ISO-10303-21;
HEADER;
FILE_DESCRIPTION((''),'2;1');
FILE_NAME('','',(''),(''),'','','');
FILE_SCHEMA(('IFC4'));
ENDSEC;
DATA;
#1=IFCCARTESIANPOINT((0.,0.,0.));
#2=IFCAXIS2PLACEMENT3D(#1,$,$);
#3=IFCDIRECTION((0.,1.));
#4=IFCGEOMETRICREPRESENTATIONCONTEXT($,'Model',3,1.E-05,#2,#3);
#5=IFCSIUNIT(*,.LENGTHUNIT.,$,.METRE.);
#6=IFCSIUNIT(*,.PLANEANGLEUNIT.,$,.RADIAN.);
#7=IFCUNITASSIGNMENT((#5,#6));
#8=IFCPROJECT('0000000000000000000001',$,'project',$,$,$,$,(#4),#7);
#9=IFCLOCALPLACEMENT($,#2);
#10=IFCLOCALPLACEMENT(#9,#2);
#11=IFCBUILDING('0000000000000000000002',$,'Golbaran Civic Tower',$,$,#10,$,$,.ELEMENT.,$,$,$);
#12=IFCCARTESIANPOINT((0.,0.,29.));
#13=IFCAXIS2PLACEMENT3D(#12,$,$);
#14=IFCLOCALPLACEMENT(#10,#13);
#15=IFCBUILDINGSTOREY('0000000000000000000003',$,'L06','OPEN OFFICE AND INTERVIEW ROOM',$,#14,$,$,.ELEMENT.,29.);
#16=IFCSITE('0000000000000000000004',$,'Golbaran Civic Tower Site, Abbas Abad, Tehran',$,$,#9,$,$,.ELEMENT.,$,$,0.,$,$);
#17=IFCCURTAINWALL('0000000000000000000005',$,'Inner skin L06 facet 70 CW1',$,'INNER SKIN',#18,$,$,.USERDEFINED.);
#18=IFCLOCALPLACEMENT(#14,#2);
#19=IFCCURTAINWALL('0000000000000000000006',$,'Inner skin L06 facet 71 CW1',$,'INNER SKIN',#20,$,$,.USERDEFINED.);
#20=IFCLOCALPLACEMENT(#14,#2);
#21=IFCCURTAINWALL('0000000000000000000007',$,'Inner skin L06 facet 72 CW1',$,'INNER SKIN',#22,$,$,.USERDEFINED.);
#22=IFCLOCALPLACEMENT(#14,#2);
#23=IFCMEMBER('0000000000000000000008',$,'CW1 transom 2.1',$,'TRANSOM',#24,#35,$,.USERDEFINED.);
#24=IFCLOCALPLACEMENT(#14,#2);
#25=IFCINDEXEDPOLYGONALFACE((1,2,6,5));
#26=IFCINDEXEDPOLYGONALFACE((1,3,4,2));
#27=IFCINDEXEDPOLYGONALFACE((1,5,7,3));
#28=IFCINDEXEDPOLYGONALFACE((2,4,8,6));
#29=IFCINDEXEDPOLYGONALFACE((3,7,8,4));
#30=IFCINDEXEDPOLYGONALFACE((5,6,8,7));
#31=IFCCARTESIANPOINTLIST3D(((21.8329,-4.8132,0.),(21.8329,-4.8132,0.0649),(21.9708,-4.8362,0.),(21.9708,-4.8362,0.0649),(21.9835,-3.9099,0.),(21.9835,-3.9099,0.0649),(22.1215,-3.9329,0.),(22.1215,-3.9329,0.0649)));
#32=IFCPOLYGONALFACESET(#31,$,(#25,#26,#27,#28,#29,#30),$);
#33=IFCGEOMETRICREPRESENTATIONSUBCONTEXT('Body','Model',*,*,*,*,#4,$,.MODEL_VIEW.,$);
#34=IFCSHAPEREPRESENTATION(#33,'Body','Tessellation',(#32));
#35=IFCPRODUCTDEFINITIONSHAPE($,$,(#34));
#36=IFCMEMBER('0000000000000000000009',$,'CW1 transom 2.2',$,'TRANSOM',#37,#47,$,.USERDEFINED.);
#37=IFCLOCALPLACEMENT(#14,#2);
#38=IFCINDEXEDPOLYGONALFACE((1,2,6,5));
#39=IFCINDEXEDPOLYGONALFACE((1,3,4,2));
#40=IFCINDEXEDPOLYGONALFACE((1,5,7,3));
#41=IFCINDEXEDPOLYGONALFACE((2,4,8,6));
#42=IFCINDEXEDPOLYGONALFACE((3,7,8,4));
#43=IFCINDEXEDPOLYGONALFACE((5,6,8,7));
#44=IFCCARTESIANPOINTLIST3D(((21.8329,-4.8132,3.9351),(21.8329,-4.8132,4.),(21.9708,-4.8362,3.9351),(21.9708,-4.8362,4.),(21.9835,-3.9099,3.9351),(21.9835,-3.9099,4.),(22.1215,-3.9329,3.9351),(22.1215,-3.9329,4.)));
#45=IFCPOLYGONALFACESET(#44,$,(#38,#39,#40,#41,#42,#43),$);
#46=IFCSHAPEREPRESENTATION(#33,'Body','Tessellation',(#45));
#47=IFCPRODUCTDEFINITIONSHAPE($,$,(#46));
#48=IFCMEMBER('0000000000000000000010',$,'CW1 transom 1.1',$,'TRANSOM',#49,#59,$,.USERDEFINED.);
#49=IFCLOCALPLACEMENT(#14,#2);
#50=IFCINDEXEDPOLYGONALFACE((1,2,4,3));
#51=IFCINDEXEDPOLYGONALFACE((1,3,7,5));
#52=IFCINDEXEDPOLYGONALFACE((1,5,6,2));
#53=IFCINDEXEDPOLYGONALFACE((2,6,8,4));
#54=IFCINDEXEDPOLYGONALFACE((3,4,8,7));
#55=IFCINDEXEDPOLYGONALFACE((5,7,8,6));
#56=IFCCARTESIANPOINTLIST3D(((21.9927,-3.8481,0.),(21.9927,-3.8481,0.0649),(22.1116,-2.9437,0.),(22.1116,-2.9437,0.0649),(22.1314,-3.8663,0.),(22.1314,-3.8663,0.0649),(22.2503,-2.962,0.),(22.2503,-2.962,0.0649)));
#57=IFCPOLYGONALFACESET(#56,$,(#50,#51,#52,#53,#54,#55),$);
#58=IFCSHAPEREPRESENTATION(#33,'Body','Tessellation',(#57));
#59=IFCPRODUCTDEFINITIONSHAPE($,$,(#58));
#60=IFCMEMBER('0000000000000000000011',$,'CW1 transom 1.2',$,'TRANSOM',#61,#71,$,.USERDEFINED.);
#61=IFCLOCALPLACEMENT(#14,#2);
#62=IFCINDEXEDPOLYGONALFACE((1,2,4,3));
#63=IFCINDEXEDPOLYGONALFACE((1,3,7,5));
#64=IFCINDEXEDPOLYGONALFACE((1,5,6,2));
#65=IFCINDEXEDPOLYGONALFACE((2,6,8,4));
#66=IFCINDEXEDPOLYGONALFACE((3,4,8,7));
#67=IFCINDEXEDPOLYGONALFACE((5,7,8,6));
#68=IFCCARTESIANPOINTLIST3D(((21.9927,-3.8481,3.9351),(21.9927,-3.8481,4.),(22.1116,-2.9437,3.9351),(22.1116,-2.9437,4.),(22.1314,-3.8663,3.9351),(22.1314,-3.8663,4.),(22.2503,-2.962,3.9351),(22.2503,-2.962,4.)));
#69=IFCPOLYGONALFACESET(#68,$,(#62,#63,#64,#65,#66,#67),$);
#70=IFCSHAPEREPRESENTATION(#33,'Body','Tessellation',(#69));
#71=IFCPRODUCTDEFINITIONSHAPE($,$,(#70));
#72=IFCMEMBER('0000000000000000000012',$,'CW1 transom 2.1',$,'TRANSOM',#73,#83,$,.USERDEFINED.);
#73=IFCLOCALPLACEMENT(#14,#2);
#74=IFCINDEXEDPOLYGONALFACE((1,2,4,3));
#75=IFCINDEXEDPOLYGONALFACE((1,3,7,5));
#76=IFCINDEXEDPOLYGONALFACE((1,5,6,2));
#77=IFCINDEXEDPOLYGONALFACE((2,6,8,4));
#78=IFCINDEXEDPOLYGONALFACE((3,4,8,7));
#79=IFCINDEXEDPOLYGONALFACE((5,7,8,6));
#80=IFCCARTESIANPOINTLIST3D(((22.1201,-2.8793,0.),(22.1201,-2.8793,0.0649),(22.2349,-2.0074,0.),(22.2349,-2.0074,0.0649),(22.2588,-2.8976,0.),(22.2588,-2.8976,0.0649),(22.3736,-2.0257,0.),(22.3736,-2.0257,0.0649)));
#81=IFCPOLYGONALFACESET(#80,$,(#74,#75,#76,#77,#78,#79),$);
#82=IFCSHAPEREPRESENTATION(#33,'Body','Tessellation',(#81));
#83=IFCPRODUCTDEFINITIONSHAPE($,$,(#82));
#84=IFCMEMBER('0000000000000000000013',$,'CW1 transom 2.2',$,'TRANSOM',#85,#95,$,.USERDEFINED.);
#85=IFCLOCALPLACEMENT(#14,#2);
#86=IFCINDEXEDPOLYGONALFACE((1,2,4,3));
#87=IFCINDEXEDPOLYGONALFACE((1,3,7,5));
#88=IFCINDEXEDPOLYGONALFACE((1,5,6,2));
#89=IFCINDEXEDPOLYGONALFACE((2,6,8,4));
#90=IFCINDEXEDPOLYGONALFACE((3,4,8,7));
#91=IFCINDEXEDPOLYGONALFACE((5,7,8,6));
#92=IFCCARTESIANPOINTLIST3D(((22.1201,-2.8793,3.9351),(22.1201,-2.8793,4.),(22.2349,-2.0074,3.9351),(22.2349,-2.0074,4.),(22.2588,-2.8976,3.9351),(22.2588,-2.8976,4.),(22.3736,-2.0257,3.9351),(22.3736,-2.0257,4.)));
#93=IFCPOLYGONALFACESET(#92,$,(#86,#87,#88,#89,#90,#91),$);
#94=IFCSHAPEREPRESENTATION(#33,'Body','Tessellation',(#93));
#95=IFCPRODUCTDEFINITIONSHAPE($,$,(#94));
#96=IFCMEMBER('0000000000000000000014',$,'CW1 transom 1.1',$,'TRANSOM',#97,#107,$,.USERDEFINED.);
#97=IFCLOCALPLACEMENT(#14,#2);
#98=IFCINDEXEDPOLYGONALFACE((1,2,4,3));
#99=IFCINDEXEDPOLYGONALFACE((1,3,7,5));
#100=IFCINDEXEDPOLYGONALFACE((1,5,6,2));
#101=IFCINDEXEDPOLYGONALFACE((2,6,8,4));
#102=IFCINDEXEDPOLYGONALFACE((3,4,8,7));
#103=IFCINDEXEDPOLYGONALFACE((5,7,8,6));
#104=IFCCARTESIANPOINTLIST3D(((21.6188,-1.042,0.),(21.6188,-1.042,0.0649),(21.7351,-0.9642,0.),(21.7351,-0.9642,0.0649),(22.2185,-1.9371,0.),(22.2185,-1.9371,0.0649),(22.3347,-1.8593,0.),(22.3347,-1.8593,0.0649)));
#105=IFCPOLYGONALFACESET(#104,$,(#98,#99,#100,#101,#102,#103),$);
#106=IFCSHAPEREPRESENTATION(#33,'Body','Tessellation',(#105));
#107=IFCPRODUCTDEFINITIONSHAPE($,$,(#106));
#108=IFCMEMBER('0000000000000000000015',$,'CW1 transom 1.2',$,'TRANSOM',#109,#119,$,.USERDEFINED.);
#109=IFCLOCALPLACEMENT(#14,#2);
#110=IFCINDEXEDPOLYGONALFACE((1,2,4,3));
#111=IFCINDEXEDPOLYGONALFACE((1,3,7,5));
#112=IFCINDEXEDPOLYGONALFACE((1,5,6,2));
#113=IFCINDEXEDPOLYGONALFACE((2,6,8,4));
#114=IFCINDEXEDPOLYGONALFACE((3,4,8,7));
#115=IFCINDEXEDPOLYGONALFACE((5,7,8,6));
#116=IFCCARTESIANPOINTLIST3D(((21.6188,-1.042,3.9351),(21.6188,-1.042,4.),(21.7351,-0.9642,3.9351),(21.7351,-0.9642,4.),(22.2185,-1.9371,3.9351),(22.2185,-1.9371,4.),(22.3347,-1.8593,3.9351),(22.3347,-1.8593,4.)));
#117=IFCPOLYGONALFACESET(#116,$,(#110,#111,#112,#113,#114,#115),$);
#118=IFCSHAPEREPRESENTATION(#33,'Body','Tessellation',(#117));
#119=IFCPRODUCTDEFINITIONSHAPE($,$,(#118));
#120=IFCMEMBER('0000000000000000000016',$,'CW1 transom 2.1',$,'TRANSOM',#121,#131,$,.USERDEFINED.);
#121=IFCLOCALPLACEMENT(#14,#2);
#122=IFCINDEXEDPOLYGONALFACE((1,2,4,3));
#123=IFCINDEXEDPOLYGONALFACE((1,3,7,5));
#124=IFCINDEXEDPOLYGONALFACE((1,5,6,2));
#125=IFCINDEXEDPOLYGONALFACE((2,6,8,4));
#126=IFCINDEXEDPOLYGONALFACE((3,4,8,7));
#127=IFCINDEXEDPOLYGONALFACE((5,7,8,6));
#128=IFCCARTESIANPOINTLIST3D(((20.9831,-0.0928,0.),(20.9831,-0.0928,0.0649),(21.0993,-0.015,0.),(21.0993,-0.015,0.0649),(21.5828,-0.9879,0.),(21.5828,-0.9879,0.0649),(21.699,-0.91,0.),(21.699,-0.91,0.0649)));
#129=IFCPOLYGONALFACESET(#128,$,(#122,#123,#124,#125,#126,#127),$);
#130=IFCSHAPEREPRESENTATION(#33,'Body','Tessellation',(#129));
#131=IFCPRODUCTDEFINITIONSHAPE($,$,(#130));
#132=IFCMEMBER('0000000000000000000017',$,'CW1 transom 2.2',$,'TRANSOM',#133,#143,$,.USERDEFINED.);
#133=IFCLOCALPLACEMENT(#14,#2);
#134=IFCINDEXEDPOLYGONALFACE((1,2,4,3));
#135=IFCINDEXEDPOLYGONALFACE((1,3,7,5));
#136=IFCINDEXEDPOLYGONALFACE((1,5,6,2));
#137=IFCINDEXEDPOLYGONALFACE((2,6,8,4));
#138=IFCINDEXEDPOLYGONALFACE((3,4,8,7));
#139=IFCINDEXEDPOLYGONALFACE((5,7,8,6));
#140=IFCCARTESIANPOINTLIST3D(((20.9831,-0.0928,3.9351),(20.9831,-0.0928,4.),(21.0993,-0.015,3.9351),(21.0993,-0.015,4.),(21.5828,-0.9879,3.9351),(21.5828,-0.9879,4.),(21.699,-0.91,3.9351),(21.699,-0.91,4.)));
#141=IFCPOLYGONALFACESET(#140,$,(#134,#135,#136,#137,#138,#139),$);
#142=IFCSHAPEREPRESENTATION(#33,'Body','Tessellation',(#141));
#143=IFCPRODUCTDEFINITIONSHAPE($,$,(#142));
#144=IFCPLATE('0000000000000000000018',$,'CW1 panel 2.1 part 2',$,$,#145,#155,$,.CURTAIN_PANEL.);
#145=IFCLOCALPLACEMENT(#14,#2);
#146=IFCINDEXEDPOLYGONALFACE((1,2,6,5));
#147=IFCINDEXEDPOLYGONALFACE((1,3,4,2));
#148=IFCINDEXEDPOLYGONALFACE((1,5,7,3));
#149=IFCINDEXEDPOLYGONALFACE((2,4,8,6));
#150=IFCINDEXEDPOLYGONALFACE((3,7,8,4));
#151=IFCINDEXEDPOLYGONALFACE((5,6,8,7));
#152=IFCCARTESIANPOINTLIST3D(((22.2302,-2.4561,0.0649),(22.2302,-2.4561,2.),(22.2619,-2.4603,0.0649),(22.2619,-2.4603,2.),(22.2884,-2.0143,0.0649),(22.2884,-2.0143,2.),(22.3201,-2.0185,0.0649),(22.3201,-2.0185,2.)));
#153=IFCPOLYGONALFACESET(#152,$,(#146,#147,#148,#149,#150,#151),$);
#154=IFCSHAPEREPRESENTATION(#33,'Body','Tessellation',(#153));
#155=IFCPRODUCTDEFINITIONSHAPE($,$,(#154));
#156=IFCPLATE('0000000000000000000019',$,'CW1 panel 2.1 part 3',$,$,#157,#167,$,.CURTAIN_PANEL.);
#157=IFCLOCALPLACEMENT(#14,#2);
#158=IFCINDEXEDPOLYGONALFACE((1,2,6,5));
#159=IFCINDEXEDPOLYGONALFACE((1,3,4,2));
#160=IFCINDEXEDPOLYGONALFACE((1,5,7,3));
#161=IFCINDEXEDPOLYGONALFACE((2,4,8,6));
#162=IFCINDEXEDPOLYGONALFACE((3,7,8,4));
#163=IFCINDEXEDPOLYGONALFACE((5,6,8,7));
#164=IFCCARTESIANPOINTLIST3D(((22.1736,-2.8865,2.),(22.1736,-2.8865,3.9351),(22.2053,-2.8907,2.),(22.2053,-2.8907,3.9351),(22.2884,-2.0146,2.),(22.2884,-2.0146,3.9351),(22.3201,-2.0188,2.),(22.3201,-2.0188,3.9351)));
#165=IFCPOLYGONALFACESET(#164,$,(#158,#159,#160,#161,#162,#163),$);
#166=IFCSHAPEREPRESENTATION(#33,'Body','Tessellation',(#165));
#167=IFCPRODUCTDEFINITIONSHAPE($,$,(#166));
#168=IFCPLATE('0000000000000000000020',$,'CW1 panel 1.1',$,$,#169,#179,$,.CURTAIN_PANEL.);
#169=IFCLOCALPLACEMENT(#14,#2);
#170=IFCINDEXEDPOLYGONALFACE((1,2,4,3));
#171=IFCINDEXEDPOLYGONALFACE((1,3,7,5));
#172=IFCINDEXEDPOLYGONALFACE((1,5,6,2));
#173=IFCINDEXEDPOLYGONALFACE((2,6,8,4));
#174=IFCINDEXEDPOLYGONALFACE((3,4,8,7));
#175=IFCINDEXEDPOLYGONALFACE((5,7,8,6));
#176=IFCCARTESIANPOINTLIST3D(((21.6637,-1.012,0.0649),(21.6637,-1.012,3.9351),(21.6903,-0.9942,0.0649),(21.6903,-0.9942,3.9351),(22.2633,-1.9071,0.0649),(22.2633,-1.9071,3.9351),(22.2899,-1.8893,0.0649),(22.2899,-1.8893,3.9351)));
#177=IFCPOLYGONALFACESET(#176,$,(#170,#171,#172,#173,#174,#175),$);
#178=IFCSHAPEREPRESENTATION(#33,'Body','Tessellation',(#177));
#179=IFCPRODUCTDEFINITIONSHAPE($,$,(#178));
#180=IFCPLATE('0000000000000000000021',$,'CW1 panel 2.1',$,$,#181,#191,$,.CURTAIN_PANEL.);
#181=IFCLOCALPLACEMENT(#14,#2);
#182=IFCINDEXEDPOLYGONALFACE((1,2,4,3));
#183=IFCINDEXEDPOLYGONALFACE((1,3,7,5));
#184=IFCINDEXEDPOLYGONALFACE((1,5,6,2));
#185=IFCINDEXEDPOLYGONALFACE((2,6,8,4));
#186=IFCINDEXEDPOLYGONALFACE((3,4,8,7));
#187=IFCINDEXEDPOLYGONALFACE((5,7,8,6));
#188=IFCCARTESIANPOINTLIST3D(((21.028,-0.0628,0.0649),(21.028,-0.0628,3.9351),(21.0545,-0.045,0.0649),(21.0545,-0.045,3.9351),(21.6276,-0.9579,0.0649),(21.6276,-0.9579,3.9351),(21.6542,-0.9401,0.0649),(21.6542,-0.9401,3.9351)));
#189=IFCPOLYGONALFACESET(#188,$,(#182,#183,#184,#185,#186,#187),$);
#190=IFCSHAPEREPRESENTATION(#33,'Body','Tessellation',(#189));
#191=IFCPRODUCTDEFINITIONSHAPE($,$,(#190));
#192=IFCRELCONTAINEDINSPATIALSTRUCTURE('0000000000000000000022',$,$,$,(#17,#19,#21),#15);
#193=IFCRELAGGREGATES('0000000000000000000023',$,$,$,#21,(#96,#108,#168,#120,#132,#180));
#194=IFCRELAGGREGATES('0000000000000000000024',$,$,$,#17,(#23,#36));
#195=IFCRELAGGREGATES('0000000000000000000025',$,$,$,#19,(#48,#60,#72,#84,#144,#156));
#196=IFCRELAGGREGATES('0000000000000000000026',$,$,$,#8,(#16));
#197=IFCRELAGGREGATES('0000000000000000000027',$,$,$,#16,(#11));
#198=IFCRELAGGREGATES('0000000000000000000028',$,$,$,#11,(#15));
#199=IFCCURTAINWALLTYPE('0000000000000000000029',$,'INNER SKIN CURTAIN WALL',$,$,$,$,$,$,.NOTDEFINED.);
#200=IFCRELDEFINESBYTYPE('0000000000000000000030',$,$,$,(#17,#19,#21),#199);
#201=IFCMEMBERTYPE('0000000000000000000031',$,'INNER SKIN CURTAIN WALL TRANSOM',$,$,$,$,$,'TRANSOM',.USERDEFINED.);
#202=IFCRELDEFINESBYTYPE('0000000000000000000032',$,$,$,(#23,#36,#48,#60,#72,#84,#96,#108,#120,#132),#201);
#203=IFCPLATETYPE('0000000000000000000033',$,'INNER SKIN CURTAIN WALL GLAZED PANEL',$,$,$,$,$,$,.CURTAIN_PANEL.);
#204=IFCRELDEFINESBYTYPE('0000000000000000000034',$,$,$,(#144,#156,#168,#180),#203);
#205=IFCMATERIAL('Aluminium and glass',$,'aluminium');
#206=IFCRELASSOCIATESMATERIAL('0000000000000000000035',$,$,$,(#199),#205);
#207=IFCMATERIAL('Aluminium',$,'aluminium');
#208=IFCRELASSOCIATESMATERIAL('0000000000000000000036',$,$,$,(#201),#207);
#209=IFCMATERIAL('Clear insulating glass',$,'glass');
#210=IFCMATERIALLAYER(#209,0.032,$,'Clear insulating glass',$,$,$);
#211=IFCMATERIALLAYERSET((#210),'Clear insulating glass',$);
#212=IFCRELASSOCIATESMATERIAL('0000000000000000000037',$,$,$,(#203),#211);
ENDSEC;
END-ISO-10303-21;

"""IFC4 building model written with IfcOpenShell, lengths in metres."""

from ifc_helpers import new_model, si_unit, direction, frame, origin, origin_2d, place, context, subcontext, project, spatial, rectangle, extrude, material, layer, layer_set, material_profile, profile_set, type_object, element, aggregate, save


model = new_model("IFC4")

# Units and contexts
model_context = context("Model", 3, precision=1e-05, world=origin(), true_north=direction((0.0, 1.0)))
body_context = subcontext(model_context, "Body", "Model", "MODEL_VIEW")
ifc_project = project(units=[si_unit("LENGTHUNIT", "METRE"), si_unit("PLANEANGLEUNIT", "RADIAN")], contexts=[model_context])

# Site, building, storey
site_placement = place(None, origin())
site = spatial("IfcSite", under=ifc_project, at=site_placement, Name="Golbaran Civic Tower Site, Abbas Abad, Tehran", CompositionType="ELEMENT", RefElevation=0.0)
building_placement = place(site_placement, origin())
building = spatial("IfcBuilding", under=site, at=building_placement, Name="Golbaran Civic Tower", CompositionType="ELEMENT")
storey_placement = place(building_placement, frame((0.0, 0.0, 29.0)))
storey = spatial("IfcBuildingStorey", under=building, at=storey_placement, Name="L06", Description="OPEN OFFICE AND INTERVIEW ROOM", CompositionType="ELEMENT", Elevation=29.0)

# Curtain walls
ifc_material_1 = material(Name="Aluminium and glass", Category="aluminium")
curtain_wall_type = type_object("IfcCurtainWallType", Name="INNER SKIN CURTAIN WALL", PredefinedType="NOTDEFINED", material=ifc_material_1)
curtain_wall_1_placement = place(storey_placement, origin())
curtain_wall_1 = element("IfcCurtainWall", 1, at=curtain_wall_1_placement, inside=storey, type_object=curtain_wall_type, Name="Inner skin L06 facet 70 CW1", ObjectType="INNER SKIN", PredefinedType="USERDEFINED")
ifc_material_2 = material(Name="Aluminium", Category="aluminium")
curtain_wall_2_placement = place(storey_placement, origin())
curtain_wall_2 = element("IfcCurtainWall", 2, at=curtain_wall_2_placement, inside=storey, type_object=curtain_wall_type, Name="Inner skin L06 facet 71 CW1", ObjectType="INNER SKIN", PredefinedType="USERDEFINED")
curtain_wall_3_placement = place(storey_placement, origin())
curtain_wall_3 = element("IfcCurtainWall", 3, at=curtain_wall_3_placement, inside=storey, type_object=curtain_wall_type, Name="Inner skin L06 facet 72 CW1", ObjectType="INNER SKIN", PredefinedType="USERDEFINED")

# Members
ifc_material_profile_1 = material_profile(ifc_material_2, rectangle(XDim=0.1399, YDim=0.0649, at=origin_2d()), Name="INNER SKIN CURTAIN WALL TRANSOM")
ifc_profile_set_1 = profile_set([ifc_material_profile_1], Name="Aluminium")
member_type_1 = type_object("IfcMemberType", Name="INNER SKIN CURTAIN WALL TRANSOM", ElementType="TRANSOM", PredefinedType="USERDEFINED", material=ifc_profile_set_1)
member_1_placement = place(storey_placement, frame((21.9019, -4.8247, 0.0325), z_axis=(0.164485, 0.98638, 0.0), x_axis=(-0.98638, 0.164485, 0.0)))
member_1 = element("IfcMember", 4, at=member_1_placement, type_object=member_type_1, Name="CW1 transom 2.1", ObjectType="TRANSOM", PredefinedType="USERDEFINED", context=body_context, shape_type="SweptSolid", body=[
    extrude(rectangle(XDim=0.1399, YDim=0.0649, at=origin_2d()), origin(), (0.0, 0.0, 1.0), 0.9158),
])
member_2_placement = place(storey_placement, frame((21.9019, -4.8247, 3.9675), z_axis=(0.164485, 0.98638, 0.0), x_axis=(-0.98638, 0.164485, 0.0)))
member_2 = element("IfcMember", 5, at=member_2_placement, type_object=member_type_1, Name="CW1 transom 2.2", ObjectType="TRANSOM", PredefinedType="USERDEFINED", context=body_context, shape_type="SweptSolid", body=[
    extrude(rectangle(XDim=0.1399, YDim=0.0649, at=origin_2d()), origin(), (0.0, 0.0, 1.0), 0.9158),
])
member_3_placement = place(storey_placement, frame((22.062, -3.8572, 0.0325), z_axis=(0.130358, 0.991467, 0.0), x_axis=(-0.991467, 0.130358, 0.0)))
member_3 = element("IfcMember", 6, at=member_3_placement, type_object=member_type_1, Name="CW1 transom 1.1", ObjectType="TRANSOM", PredefinedType="USERDEFINED", context=body_context, shape_type="SweptSolid", body=[
    extrude(rectangle(XDim=0.1399, YDim=0.0649, at=origin_2d()), origin(), (0.0, 0.0, 1.0), 0.9121),
])
member_4_placement = place(storey_placement, frame((22.062, -3.8572, 3.9675), z_axis=(0.130358, 0.991467, 0.0), x_axis=(-0.991467, 0.130358, 0.0)))
member_4 = element("IfcMember", 7, at=member_4_placement, type_object=member_type_1, Name="CW1 transom 1.2", ObjectType="TRANSOM", PredefinedType="USERDEFINED", context=body_context, shape_type="SweptSolid", body=[
    extrude(rectangle(XDim=0.1399, YDim=0.0649, at=origin_2d()), origin(), (0.0, 0.0, 1.0), 0.9121),
])
member_5_placement = place(storey_placement, frame((22.1895, -2.8884, 0.0325), z_axis=(0.13049, 0.99145, 0.0), x_axis=(-0.99145, 0.13049, 0.0)))
member_5 = element("IfcMember", 8, at=member_5_placement, type_object=member_type_1, Name="CW1 transom 2.1", ObjectType="TRANSOM", PredefinedType="USERDEFINED", context=body_context, shape_type="SweptSolid", body=[
    extrude(rectangle(XDim=0.1399, YDim=0.0649, at=origin_2d()), origin(), (0.0, 0.0, 1.0), 0.8794),
])
member_6_placement = place(storey_placement, frame((22.1895, -2.8884, 3.9675), z_axis=(0.13049, 0.99145, 0.0), x_axis=(-0.99145, 0.13049, 0.0)))
member_6 = element("IfcMember", 9, at=member_6_placement, type_object=member_type_1, Name="CW1 transom 2.2", ObjectType="TRANSOM", PredefinedType="USERDEFINED", context=body_context, shape_type="SweptSolid", body=[
    extrude(rectangle(XDim=0.1399, YDim=0.0649, at=origin_2d()), origin(), (0.0, 0.0, 1.0), 0.8794),
])
member_7_placement = place(storey_placement, frame((22.2766, -1.8982, 0.0325), z_axis=(-0.556581, 0.830793, 0.0), x_axis=(-0.830793, -0.556581, 0.0)))
member_7 = element("IfcMember", 10, at=member_7_placement, type_object=member_type_1, Name="CW1 transom 1.1", ObjectType="TRANSOM", PredefinedType="USERDEFINED", context=body_context, shape_type="SweptSolid", body=[
    extrude(rectangle(XDim=0.1399, YDim=0.0649, at=origin_2d()), origin(), (0.0, 0.0, 1.0), 1.0774),
])
member_8_placement = place(storey_placement, frame((22.2766, -1.8982, 3.9675), z_axis=(-0.556581, 0.830793, 0.0), x_axis=(-0.830793, -0.556581, 0.0)))
member_8 = element("IfcMember", 11, at=member_8_placement, type_object=member_type_1, Name="CW1 transom 1.2", ObjectType="TRANSOM", PredefinedType="USERDEFINED", context=body_context, shape_type="SweptSolid", body=[
    extrude(rectangle(XDim=0.1399, YDim=0.0649, at=origin_2d()), origin(), (0.0, 0.0, 1.0), 1.0774),
])
member_9_placement = place(storey_placement, frame((21.6409, -0.949, 0.0325), z_axis=(-0.556581, 0.830793, 0.0), x_axis=(-0.830793, -0.556581, 0.0)))
member_9 = element("IfcMember", 12, at=member_9_placement, type_object=member_type_1, Name="CW1 transom 2.1", ObjectType="TRANSOM", PredefinedType="USERDEFINED", context=body_context, shape_type="SweptSolid", body=[
    extrude(rectangle(XDim=0.1399, YDim=0.0649, at=origin_2d()), origin(), (0.0, 0.0, 1.0), 1.0774),
])
member_10_placement = place(storey_placement, frame((21.6409, -0.949, 3.9675), z_axis=(-0.556581, 0.830793, 0.0), x_axis=(-0.830793, -0.556581, 0.0)))
member_10 = element("IfcMember", 13, at=member_10_placement, type_object=member_type_1, Name="CW1 transom 2.2", ObjectType="TRANSOM", PredefinedType="USERDEFINED", context=body_context, shape_type="SweptSolid", body=[
    extrude(rectangle(XDim=0.1399, YDim=0.0649, at=origin_2d()), origin(), (0.0, 0.0, 1.0), 1.0774),
])

# Plates
ifc_material_3 = material(Name="Clear insulating glass", Category="glass")
ifc_layer_1 = layer(ifc_material_3, 0.032, Name="Clear insulating glass")
ifc_layer_set_1 = layer_set([ifc_layer_1], Name="Clear insulating glass")
plate_type_1 = type_object("IfcPlateType", Name="INNER SKIN CURTAIN WALL GLAZED PANEL", PredefinedType="CURTAIN_PANEL", material=ifc_layer_set_1)
plate_1_placement = place(storey_placement, frame((22.2751, -2.2373, 0.0649), z_axis=(0.0, 0.0, 1.0), x_axis=(0.130526, 0.991445, 0.0)))
plate_1 = element("IfcPlate", 14, at=plate_1_placement, type_object=plate_type_1, Name="CW1 panel 2.1 part 2", PredefinedType="CURTAIN_PANEL", context=body_context, shape_type="SweptSolid", body=[
    extrude(rectangle(XDim=0.4456, YDim=0.032, at=origin_2d()), origin(), (0.0, 0.0, 1.0), 1.9351),
])
plate_2_placement = place(storey_placement, frame((22.2468, -2.4526, 2.0), z_axis=(0.0, 0.0, 1.0), x_axis=(0.130526, 0.991445, 0.0)))
plate_2 = element("IfcPlate", 15, at=plate_2_placement, type_object=plate_type_1, Name="CW1 panel 2.1 part 3", PredefinedType="CURTAIN_PANEL", context=body_context, shape_type="SweptSolid", body=[
    extrude(rectangle(XDim=0.8794, YDim=0.032, at=origin_2d()), origin(), (0.0, 0.0, 1.0), 1.9351),
])
plate_3_placement = place(storey_placement, frame((21.9768, -1.4507, 0.0649), z_axis=(0.0, 0.0, 1.0), x_axis=(-0.556572, 0.830799, 0.0)))
plate_3 = element("IfcPlate", 16, at=plate_3_placement, type_object=plate_type_1, Name="CW1 panel 1.1", PredefinedType="CURTAIN_PANEL", context=body_context, shape_type="SweptSolid", body=[
    extrude(rectangle(XDim=1.0774, YDim=0.032, at=origin_2d()), origin(), (0.0, 0.0, 1.0), 3.8701),
])
plate_4_placement = place(storey_placement, frame((21.3411, -0.5015, 0.0649), z_axis=(0.0, 0.0, 1.0), x_axis=(-0.556572, 0.830799, 0.0)))
plate_4 = element("IfcPlate", 17, at=plate_4_placement, type_object=plate_type_1, Name="CW1 panel 2.1", PredefinedType="CURTAIN_PANEL", context=body_context, shape_type="SweptSolid", body=[
    extrude(rectangle(XDim=1.0774, YDim=0.032, at=origin_2d()), origin(), (0.0, 0.0, 1.0), 3.8701),
])
aggregate(curtain_wall_3, [member_7, member_8, plate_3, member_9, member_10, plate_4])
aggregate(curtain_wall_1, [member_1, member_2])
aggregate(curtain_wall_2, [member_3, member_4, member_5, member_6, plate_1, plate_2])

save(model, "model.ifc")
